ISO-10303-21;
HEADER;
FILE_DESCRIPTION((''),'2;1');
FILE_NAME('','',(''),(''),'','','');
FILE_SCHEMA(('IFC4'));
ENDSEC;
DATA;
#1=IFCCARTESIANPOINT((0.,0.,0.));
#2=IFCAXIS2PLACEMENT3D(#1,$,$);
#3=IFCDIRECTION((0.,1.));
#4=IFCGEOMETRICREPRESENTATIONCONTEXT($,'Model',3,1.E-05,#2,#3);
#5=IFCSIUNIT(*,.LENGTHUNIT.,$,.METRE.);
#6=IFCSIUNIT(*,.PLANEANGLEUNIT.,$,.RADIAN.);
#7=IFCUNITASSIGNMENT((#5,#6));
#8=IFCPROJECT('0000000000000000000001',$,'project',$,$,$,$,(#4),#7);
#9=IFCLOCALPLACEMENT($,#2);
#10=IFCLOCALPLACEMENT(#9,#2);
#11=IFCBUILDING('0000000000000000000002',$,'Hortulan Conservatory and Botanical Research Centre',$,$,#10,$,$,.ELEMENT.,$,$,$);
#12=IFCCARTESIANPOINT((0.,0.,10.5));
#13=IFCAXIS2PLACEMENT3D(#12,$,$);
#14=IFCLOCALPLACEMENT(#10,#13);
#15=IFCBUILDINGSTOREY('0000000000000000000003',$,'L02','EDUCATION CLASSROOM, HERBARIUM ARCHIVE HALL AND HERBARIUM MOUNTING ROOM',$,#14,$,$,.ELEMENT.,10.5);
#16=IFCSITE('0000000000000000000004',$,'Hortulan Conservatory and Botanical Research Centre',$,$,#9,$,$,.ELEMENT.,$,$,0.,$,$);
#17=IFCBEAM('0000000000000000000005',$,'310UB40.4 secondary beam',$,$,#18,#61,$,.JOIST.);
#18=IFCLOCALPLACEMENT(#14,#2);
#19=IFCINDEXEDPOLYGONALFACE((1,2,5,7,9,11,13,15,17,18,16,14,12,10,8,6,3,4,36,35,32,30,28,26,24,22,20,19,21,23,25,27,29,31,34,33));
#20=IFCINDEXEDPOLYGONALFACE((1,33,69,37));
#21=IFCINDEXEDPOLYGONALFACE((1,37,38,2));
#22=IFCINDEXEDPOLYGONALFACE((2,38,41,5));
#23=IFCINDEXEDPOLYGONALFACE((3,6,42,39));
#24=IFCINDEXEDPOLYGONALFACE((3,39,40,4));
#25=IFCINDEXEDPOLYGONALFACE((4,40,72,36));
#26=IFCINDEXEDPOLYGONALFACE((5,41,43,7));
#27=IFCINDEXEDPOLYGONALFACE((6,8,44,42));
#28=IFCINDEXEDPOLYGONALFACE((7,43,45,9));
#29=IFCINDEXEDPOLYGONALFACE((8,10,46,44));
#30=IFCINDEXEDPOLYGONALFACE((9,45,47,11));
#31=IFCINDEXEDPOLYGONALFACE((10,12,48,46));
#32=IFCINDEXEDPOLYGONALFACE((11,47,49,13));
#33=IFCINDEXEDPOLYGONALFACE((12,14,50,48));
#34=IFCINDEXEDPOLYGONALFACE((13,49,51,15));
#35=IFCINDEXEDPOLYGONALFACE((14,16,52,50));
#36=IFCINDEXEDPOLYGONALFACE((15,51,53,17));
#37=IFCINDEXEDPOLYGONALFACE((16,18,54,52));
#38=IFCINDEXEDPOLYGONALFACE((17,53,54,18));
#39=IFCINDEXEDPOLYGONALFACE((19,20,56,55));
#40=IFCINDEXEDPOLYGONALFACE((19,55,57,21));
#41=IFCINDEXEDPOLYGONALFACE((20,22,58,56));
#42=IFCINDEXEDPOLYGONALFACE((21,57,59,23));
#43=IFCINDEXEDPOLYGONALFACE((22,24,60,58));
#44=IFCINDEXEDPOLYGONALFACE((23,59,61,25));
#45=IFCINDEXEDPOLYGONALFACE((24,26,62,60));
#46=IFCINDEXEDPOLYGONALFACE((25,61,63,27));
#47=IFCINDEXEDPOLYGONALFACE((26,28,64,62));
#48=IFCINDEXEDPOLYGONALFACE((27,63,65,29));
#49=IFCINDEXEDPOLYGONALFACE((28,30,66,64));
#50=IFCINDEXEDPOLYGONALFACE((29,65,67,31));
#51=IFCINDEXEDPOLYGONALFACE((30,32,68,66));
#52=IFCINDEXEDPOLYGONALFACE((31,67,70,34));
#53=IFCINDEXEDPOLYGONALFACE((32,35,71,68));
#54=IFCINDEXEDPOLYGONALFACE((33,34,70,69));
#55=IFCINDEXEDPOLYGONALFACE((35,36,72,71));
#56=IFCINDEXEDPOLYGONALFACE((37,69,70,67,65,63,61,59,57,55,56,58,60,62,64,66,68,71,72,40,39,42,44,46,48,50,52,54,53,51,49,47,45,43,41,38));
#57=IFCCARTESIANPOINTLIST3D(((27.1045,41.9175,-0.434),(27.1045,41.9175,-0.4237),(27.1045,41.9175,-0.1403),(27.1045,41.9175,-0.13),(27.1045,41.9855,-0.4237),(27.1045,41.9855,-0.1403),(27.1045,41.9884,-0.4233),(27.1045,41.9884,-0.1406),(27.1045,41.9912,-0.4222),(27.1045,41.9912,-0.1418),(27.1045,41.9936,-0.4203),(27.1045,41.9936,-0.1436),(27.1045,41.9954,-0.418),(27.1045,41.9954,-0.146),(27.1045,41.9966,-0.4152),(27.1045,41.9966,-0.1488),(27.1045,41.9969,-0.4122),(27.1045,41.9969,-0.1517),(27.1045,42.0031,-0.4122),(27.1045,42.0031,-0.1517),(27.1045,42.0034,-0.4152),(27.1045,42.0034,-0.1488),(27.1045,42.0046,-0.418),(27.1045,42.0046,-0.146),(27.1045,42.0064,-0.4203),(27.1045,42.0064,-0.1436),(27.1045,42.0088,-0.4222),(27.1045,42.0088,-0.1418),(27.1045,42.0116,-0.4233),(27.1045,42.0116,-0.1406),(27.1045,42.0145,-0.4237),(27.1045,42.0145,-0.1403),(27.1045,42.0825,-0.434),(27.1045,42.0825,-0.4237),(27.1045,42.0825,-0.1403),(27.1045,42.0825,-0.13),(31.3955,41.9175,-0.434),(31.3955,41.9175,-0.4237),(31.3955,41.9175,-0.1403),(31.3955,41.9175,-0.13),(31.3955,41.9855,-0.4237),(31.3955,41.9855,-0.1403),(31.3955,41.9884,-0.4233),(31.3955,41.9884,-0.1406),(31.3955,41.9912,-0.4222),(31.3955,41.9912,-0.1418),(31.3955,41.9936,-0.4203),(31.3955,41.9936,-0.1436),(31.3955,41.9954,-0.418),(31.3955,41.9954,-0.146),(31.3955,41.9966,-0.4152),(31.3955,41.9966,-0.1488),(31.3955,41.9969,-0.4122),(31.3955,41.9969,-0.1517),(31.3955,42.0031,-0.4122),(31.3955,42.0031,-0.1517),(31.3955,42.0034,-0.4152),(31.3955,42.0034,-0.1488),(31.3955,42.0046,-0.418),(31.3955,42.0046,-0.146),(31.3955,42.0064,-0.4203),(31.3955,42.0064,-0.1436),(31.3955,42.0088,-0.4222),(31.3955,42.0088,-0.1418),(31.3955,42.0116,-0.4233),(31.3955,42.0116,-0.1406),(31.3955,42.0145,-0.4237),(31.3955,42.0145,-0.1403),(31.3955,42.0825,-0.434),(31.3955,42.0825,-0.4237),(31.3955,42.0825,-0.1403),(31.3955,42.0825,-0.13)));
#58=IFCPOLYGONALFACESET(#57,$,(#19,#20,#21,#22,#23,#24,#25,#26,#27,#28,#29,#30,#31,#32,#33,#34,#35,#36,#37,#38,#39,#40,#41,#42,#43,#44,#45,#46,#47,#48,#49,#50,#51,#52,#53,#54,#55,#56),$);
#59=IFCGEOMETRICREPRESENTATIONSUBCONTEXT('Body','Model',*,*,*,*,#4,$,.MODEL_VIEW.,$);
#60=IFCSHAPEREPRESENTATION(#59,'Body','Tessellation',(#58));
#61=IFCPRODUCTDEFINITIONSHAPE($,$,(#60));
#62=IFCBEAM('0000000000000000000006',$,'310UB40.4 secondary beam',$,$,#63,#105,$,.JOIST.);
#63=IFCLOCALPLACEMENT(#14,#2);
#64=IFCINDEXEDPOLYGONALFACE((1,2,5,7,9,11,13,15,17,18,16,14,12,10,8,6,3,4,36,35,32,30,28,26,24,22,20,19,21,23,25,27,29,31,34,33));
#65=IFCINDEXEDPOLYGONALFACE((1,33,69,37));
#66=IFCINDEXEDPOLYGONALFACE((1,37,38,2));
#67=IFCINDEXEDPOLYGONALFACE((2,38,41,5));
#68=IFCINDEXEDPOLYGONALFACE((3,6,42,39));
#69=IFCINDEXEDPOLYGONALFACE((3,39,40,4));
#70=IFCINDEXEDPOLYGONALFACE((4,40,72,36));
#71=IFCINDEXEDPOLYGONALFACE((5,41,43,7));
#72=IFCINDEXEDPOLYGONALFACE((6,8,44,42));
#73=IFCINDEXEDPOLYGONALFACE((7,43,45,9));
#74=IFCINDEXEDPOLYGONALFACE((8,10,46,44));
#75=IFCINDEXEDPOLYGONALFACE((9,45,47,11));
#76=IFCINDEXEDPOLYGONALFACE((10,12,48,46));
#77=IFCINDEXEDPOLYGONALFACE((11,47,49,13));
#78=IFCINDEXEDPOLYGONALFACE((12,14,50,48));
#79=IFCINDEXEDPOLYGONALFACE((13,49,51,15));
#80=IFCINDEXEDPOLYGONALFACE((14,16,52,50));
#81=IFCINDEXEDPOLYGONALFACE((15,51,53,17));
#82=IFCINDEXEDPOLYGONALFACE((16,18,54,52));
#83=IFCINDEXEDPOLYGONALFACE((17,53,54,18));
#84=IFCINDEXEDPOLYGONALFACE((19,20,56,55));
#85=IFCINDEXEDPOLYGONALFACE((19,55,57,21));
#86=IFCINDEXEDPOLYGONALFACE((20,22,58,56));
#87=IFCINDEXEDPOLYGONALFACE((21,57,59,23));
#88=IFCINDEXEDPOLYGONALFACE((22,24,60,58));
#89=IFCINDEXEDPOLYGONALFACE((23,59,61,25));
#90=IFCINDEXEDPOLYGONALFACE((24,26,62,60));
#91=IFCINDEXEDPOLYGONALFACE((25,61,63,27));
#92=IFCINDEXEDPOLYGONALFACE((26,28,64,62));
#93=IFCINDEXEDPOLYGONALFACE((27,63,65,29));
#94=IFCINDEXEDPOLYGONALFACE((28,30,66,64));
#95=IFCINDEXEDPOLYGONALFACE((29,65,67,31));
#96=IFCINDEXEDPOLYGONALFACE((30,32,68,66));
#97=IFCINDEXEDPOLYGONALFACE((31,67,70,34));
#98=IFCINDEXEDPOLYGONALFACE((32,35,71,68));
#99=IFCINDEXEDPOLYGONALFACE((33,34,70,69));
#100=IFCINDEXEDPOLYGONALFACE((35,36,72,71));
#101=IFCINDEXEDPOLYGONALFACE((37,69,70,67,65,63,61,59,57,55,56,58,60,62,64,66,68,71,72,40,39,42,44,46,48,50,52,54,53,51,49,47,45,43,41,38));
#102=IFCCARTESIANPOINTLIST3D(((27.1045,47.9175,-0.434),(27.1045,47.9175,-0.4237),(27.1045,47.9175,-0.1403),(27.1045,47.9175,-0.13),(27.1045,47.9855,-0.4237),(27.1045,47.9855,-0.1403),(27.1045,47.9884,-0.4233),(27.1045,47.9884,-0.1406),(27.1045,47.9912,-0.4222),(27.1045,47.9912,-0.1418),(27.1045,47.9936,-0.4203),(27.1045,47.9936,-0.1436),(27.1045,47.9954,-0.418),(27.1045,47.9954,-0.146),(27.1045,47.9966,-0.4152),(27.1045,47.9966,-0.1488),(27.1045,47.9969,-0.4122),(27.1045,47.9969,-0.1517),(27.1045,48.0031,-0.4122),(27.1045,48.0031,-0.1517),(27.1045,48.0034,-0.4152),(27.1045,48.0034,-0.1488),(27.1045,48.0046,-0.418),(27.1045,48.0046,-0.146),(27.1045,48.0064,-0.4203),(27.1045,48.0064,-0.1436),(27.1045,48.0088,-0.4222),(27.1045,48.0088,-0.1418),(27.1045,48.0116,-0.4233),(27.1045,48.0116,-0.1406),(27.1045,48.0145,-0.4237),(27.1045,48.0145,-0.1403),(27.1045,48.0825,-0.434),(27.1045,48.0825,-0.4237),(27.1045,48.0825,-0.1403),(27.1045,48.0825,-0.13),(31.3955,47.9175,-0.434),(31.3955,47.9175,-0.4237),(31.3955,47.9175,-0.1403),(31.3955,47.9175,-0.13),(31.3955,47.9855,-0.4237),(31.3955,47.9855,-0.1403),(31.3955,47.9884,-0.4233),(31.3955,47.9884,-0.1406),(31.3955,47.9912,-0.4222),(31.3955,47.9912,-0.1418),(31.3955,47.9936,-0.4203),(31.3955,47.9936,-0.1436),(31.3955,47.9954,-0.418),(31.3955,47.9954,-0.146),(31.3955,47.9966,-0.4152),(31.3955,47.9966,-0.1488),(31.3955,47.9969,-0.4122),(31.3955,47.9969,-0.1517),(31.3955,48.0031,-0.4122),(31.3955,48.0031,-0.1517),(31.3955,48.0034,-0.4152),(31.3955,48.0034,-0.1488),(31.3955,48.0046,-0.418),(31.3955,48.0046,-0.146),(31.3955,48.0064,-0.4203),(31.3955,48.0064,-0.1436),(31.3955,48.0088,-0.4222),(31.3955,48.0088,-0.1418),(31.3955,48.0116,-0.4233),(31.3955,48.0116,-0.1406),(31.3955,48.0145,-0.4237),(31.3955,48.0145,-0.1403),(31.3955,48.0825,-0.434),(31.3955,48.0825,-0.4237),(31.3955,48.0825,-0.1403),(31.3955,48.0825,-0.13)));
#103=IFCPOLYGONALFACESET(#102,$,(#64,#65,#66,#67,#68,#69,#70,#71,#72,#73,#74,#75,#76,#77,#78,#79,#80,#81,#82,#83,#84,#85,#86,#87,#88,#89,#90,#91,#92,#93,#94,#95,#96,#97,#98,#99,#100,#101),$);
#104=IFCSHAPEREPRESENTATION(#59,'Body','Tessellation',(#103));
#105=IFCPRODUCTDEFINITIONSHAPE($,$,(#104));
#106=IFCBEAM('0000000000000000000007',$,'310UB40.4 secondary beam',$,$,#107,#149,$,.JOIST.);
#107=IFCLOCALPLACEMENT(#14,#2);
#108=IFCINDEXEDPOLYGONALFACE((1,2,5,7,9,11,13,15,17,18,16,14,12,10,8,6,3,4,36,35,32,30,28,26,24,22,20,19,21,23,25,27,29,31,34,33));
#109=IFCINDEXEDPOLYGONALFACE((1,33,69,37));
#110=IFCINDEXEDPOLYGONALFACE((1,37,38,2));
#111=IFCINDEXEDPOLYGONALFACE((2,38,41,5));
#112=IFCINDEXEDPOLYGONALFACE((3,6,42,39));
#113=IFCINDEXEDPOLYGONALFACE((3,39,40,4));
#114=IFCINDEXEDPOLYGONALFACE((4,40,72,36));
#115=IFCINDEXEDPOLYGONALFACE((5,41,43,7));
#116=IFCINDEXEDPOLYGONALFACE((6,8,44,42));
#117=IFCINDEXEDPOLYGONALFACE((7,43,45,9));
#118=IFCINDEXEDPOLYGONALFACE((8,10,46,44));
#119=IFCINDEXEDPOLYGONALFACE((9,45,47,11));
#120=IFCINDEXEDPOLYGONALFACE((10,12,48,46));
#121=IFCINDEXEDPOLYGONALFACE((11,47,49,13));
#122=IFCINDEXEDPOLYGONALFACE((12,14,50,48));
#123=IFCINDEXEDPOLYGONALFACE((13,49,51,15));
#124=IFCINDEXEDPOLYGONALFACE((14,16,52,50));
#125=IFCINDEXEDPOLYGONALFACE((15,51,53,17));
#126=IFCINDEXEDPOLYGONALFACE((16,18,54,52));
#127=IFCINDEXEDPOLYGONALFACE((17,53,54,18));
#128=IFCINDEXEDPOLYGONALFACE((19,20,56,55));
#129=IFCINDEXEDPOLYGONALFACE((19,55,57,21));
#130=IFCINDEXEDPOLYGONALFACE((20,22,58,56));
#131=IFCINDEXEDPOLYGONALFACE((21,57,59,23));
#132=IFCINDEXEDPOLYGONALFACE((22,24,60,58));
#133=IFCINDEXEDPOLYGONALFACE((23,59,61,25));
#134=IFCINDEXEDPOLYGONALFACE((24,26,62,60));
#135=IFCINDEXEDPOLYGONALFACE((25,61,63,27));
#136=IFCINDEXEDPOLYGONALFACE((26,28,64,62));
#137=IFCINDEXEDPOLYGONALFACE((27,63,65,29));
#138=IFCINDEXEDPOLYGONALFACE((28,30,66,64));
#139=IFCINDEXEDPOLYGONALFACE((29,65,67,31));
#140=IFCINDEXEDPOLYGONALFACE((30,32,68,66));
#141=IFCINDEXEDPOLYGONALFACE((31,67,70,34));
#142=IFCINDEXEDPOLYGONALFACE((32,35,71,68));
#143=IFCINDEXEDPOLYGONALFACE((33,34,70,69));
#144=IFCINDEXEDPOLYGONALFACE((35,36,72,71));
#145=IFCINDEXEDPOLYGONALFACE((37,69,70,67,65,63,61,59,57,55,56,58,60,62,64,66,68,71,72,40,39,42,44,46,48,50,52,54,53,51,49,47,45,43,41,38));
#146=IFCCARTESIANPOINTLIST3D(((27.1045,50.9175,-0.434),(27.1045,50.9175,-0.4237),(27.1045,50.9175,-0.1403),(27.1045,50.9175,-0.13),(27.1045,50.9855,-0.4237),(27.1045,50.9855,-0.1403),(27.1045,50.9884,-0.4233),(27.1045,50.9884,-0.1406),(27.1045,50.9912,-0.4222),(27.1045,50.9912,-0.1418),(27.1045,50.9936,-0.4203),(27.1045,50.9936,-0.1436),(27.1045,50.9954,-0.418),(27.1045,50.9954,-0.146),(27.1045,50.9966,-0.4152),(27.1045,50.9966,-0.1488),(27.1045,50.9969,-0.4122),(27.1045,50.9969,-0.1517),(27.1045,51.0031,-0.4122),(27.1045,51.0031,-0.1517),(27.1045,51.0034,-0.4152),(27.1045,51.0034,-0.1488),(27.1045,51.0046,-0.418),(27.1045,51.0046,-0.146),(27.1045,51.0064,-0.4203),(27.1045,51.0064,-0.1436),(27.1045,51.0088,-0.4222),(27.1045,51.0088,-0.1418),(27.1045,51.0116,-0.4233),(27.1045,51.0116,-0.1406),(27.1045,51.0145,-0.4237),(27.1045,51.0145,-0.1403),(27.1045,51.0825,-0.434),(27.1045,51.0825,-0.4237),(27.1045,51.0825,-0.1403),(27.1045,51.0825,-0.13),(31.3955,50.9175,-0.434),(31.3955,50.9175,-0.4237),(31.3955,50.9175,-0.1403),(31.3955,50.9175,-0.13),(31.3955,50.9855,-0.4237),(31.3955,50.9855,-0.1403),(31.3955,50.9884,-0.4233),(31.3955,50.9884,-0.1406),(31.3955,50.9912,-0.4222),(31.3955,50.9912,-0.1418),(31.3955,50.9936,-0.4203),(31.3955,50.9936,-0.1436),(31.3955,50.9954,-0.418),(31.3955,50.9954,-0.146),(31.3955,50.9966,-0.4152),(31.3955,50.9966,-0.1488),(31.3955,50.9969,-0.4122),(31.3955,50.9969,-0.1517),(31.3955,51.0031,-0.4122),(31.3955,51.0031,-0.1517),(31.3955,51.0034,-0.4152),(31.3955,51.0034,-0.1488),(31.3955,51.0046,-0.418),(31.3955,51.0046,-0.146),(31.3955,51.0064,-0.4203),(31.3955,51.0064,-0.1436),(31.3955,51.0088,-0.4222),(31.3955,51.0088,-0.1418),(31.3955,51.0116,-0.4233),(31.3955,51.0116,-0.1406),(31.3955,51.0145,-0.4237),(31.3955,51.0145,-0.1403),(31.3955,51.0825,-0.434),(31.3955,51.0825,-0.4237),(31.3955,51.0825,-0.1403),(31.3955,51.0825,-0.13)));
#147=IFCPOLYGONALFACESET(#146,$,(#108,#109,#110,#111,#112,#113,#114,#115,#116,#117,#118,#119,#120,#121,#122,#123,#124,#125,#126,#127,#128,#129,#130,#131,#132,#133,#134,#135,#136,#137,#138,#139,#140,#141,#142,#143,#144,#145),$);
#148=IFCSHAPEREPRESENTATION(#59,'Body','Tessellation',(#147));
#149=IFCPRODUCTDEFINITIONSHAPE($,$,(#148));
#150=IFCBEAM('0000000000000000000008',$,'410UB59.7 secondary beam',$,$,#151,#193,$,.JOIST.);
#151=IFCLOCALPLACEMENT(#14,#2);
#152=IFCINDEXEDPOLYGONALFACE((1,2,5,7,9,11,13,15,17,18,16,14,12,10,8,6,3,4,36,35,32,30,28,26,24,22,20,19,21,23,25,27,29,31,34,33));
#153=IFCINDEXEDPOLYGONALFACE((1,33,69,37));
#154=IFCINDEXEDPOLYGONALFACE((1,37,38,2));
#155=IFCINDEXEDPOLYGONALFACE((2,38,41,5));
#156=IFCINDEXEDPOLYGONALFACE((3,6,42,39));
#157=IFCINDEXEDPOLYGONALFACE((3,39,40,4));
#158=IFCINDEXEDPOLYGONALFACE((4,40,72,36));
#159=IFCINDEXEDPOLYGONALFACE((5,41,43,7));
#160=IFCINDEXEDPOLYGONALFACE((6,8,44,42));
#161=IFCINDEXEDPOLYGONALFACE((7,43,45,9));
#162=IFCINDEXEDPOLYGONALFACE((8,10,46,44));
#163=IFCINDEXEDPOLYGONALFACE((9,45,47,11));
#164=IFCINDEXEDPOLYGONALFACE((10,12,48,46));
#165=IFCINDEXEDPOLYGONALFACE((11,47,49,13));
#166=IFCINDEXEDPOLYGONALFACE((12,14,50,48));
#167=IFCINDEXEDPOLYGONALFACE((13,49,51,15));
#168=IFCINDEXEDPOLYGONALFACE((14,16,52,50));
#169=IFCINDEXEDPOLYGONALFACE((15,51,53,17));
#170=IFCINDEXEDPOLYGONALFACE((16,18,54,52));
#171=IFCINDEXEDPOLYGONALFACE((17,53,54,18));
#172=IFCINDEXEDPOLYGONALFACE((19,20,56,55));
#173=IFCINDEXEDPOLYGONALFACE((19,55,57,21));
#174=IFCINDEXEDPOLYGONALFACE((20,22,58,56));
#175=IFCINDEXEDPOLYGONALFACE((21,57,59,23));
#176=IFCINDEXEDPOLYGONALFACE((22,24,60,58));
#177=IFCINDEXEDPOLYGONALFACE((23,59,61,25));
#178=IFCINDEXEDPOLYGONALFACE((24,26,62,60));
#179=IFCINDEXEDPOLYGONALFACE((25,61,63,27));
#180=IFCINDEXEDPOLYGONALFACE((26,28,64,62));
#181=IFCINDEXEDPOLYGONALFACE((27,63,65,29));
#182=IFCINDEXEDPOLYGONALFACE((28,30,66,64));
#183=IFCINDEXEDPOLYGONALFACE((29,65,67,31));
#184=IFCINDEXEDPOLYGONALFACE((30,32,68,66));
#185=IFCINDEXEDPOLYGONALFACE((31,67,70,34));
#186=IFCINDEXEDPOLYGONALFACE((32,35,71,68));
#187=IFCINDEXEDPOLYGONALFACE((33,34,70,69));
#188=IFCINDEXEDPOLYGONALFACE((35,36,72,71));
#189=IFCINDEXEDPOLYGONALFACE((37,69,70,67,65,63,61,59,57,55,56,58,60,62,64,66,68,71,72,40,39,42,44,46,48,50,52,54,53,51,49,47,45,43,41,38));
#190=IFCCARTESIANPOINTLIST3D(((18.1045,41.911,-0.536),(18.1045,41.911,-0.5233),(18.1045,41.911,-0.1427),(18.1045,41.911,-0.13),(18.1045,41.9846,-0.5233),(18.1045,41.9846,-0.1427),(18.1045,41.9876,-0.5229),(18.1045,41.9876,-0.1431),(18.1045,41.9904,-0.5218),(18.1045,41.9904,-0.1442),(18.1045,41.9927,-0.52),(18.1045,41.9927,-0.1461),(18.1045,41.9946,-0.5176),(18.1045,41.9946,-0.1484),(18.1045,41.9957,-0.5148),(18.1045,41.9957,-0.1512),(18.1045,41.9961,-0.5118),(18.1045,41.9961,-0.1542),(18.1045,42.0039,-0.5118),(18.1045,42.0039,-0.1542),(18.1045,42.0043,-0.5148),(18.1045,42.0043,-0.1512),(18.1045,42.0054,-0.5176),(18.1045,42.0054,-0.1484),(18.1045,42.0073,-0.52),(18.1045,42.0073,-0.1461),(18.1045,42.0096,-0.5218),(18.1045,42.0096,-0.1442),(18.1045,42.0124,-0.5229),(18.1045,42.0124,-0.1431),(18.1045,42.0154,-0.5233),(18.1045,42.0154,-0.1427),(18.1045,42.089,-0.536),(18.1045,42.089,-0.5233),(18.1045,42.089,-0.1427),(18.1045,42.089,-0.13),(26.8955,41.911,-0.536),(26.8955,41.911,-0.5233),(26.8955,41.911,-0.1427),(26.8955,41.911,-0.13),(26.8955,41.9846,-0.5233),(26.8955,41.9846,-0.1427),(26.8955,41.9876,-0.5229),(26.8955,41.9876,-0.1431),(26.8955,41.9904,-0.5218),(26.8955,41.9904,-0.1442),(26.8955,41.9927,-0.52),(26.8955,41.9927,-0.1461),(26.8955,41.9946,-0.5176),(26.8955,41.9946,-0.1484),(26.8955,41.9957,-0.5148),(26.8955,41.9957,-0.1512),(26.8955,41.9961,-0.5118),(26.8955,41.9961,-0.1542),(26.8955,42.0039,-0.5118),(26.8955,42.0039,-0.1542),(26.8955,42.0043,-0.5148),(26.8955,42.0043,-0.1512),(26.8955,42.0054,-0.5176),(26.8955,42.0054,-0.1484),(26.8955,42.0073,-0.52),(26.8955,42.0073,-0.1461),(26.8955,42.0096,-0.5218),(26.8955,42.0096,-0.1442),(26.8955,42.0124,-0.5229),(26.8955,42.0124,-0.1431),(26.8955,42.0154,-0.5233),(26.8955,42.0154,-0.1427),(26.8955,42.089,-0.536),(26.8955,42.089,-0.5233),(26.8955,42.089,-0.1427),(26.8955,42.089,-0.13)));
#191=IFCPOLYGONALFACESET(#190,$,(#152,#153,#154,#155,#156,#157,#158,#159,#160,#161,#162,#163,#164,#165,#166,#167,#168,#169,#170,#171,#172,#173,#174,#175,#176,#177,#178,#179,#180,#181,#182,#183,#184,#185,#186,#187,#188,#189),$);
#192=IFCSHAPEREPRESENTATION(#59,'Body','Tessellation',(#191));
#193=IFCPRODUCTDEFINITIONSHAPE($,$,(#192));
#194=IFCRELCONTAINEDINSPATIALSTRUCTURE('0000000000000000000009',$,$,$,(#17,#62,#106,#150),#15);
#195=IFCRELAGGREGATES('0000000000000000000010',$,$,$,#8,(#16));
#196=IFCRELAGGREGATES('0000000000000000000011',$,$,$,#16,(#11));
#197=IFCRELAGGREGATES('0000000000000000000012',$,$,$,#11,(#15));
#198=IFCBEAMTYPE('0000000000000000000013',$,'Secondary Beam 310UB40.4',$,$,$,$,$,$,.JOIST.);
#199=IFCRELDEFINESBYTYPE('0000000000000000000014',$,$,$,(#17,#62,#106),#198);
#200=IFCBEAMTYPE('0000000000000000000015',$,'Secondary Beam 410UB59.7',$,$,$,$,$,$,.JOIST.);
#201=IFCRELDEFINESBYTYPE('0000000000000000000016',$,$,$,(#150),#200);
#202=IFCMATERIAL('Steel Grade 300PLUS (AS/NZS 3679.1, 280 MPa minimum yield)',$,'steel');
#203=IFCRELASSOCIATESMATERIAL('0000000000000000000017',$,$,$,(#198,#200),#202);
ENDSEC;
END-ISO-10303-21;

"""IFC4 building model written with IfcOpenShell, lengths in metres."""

from ifc_helpers import new_model, si_unit, direction, frame, origin, origin_2d, place, context, subcontext, project, spatial, i_section, extrude, material, material_profile, profile_set, type_object, element, save


model = new_model("IFC4")

# Units and contexts
model_context = context("Model", 3, precision=1e-05, world=origin(), true_north=direction((0.0, 1.0)))
body_context = subcontext(model_context, "Body", "Model", "MODEL_VIEW")
ifc_project = project(units=[si_unit("LENGTHUNIT", "METRE"), si_unit("PLANEANGLEUNIT", "RADIAN")], contexts=[model_context])

# Site, building, storey
site_placement = place(None, origin())
site = spatial("IfcSite", under=ifc_project, at=site_placement, Name="Hortulan Conservatory and Botanical Research Centre", CompositionType="ELEMENT", RefElevation=0.0)
building_placement = place(site_placement, origin())
building = spatial("IfcBuilding", under=site, at=building_placement, Name="Hortulan Conservatory and Botanical Research Centre", CompositionType="ELEMENT")
storey_placement = place(building_placement, frame((0.0, 0.0, 10.5)))
storey = spatial("IfcBuildingStorey", under=building, at=storey_placement, Name="L02", Description="EDUCATION CLASSROOM, HERBARIUM ARCHIVE HALL AND HERBARIUM MOUNTING ROOM", CompositionType="ELEMENT", Elevation=10.5)

# Shared definitions
ifc_material_1 = material(Name="Steel Grade 300PLUS (AS/NZS 3679.1, 280 MPa minimum yield)", Category="steel")

# Beams
ifc_material_profile_1 = material_profile(ifc_material_1, i_section(OverallWidth=0.165, OverallDepth=0.304, WebThickness=0.0061, FlangeThickness=0.0103, FilletRadius=0.0115, at=origin_2d()), Name="310UB40.4")
ifc_profile_set_1 = profile_set([ifc_material_profile_1], Name="Steel Grade 300PLUS (AS/NZS 3679.1, 280 MPa minimum yield)")
beam_type_1 = type_object("IfcBeamType", Name="Secondary Beam 310UB40.4", PredefinedType="JOIST", material=ifc_profile_set_1)
for number, where, z_axis, x_axis, name in (
    (1, (27.1045, 42.0, -0.282), (1.0, 0.0, 0.0), (0.0, 1.0, 0.0), "310UB40.4 secondary beam"),
    (2, (27.1045, 48.0, -0.282), (1.0, 0.0, 0.0), (0.0, 1.0, 0.0), "310UB40.4 secondary beam"),
    (3, (27.1045, 51.0, -0.282), (1.0, 0.0, 0.0), (0.0, 1.0, 0.0), "310UB40.4 secondary beam"),
):
    element("IfcBeam", number, at=place(storey_placement, frame(where, z_axis=z_axis, x_axis=x_axis)), inside=storey, type_object=beam_type_1, Name=name, PredefinedType="JOIST", context=body_context, shape_type="SweptSolid", body=[
        extrude(i_section(OverallWidth=0.165, OverallDepth=0.304, WebThickness=0.0061, FlangeThickness=0.0103, FilletRadius=0.0115, at=origin_2d()), origin(), (0.0, 0.0, 1.0), 4.291),
    ])
ifc_material_profile_2 = material_profile(ifc_material_1, i_section(OverallWidth=0.178, OverallDepth=0.406, WebThickness=0.0078, FlangeThickness=0.0127, FilletRadius=0.0115, at=origin_2d()), Name="410UB59.7")
ifc_profile_set_2 = profile_set([ifc_material_profile_2], Name="Steel Grade 300PLUS (AS/NZS 3679.1, 280 MPa minimum yield)")
beam_type_2 = type_object("IfcBeamType", Name="Secondary Beam 410UB59.7", PredefinedType="JOIST", material=ifc_profile_set_2)
for number, where, z_axis, x_axis, name in (
    (4, (18.1045, 42.0, -0.333), (1.0, 0.0, 0.0), (0.0, 1.0, 0.0), "410UB59.7 secondary beam"),
):
    element("IfcBeam", number, at=place(storey_placement, frame(where, z_axis=z_axis, x_axis=x_axis)), inside=storey, type_object=beam_type_2, Name=name, PredefinedType="JOIST", context=body_context, shape_type="SweptSolid", body=[
        extrude(i_section(OverallWidth=0.178, OverallDepth=0.406, WebThickness=0.0078, FlangeThickness=0.0127, FilletRadius=0.0115, at=origin_2d()), origin(), (0.0, 0.0, 1.0), 8.791),
    ])

save(model, "model.ifc")
